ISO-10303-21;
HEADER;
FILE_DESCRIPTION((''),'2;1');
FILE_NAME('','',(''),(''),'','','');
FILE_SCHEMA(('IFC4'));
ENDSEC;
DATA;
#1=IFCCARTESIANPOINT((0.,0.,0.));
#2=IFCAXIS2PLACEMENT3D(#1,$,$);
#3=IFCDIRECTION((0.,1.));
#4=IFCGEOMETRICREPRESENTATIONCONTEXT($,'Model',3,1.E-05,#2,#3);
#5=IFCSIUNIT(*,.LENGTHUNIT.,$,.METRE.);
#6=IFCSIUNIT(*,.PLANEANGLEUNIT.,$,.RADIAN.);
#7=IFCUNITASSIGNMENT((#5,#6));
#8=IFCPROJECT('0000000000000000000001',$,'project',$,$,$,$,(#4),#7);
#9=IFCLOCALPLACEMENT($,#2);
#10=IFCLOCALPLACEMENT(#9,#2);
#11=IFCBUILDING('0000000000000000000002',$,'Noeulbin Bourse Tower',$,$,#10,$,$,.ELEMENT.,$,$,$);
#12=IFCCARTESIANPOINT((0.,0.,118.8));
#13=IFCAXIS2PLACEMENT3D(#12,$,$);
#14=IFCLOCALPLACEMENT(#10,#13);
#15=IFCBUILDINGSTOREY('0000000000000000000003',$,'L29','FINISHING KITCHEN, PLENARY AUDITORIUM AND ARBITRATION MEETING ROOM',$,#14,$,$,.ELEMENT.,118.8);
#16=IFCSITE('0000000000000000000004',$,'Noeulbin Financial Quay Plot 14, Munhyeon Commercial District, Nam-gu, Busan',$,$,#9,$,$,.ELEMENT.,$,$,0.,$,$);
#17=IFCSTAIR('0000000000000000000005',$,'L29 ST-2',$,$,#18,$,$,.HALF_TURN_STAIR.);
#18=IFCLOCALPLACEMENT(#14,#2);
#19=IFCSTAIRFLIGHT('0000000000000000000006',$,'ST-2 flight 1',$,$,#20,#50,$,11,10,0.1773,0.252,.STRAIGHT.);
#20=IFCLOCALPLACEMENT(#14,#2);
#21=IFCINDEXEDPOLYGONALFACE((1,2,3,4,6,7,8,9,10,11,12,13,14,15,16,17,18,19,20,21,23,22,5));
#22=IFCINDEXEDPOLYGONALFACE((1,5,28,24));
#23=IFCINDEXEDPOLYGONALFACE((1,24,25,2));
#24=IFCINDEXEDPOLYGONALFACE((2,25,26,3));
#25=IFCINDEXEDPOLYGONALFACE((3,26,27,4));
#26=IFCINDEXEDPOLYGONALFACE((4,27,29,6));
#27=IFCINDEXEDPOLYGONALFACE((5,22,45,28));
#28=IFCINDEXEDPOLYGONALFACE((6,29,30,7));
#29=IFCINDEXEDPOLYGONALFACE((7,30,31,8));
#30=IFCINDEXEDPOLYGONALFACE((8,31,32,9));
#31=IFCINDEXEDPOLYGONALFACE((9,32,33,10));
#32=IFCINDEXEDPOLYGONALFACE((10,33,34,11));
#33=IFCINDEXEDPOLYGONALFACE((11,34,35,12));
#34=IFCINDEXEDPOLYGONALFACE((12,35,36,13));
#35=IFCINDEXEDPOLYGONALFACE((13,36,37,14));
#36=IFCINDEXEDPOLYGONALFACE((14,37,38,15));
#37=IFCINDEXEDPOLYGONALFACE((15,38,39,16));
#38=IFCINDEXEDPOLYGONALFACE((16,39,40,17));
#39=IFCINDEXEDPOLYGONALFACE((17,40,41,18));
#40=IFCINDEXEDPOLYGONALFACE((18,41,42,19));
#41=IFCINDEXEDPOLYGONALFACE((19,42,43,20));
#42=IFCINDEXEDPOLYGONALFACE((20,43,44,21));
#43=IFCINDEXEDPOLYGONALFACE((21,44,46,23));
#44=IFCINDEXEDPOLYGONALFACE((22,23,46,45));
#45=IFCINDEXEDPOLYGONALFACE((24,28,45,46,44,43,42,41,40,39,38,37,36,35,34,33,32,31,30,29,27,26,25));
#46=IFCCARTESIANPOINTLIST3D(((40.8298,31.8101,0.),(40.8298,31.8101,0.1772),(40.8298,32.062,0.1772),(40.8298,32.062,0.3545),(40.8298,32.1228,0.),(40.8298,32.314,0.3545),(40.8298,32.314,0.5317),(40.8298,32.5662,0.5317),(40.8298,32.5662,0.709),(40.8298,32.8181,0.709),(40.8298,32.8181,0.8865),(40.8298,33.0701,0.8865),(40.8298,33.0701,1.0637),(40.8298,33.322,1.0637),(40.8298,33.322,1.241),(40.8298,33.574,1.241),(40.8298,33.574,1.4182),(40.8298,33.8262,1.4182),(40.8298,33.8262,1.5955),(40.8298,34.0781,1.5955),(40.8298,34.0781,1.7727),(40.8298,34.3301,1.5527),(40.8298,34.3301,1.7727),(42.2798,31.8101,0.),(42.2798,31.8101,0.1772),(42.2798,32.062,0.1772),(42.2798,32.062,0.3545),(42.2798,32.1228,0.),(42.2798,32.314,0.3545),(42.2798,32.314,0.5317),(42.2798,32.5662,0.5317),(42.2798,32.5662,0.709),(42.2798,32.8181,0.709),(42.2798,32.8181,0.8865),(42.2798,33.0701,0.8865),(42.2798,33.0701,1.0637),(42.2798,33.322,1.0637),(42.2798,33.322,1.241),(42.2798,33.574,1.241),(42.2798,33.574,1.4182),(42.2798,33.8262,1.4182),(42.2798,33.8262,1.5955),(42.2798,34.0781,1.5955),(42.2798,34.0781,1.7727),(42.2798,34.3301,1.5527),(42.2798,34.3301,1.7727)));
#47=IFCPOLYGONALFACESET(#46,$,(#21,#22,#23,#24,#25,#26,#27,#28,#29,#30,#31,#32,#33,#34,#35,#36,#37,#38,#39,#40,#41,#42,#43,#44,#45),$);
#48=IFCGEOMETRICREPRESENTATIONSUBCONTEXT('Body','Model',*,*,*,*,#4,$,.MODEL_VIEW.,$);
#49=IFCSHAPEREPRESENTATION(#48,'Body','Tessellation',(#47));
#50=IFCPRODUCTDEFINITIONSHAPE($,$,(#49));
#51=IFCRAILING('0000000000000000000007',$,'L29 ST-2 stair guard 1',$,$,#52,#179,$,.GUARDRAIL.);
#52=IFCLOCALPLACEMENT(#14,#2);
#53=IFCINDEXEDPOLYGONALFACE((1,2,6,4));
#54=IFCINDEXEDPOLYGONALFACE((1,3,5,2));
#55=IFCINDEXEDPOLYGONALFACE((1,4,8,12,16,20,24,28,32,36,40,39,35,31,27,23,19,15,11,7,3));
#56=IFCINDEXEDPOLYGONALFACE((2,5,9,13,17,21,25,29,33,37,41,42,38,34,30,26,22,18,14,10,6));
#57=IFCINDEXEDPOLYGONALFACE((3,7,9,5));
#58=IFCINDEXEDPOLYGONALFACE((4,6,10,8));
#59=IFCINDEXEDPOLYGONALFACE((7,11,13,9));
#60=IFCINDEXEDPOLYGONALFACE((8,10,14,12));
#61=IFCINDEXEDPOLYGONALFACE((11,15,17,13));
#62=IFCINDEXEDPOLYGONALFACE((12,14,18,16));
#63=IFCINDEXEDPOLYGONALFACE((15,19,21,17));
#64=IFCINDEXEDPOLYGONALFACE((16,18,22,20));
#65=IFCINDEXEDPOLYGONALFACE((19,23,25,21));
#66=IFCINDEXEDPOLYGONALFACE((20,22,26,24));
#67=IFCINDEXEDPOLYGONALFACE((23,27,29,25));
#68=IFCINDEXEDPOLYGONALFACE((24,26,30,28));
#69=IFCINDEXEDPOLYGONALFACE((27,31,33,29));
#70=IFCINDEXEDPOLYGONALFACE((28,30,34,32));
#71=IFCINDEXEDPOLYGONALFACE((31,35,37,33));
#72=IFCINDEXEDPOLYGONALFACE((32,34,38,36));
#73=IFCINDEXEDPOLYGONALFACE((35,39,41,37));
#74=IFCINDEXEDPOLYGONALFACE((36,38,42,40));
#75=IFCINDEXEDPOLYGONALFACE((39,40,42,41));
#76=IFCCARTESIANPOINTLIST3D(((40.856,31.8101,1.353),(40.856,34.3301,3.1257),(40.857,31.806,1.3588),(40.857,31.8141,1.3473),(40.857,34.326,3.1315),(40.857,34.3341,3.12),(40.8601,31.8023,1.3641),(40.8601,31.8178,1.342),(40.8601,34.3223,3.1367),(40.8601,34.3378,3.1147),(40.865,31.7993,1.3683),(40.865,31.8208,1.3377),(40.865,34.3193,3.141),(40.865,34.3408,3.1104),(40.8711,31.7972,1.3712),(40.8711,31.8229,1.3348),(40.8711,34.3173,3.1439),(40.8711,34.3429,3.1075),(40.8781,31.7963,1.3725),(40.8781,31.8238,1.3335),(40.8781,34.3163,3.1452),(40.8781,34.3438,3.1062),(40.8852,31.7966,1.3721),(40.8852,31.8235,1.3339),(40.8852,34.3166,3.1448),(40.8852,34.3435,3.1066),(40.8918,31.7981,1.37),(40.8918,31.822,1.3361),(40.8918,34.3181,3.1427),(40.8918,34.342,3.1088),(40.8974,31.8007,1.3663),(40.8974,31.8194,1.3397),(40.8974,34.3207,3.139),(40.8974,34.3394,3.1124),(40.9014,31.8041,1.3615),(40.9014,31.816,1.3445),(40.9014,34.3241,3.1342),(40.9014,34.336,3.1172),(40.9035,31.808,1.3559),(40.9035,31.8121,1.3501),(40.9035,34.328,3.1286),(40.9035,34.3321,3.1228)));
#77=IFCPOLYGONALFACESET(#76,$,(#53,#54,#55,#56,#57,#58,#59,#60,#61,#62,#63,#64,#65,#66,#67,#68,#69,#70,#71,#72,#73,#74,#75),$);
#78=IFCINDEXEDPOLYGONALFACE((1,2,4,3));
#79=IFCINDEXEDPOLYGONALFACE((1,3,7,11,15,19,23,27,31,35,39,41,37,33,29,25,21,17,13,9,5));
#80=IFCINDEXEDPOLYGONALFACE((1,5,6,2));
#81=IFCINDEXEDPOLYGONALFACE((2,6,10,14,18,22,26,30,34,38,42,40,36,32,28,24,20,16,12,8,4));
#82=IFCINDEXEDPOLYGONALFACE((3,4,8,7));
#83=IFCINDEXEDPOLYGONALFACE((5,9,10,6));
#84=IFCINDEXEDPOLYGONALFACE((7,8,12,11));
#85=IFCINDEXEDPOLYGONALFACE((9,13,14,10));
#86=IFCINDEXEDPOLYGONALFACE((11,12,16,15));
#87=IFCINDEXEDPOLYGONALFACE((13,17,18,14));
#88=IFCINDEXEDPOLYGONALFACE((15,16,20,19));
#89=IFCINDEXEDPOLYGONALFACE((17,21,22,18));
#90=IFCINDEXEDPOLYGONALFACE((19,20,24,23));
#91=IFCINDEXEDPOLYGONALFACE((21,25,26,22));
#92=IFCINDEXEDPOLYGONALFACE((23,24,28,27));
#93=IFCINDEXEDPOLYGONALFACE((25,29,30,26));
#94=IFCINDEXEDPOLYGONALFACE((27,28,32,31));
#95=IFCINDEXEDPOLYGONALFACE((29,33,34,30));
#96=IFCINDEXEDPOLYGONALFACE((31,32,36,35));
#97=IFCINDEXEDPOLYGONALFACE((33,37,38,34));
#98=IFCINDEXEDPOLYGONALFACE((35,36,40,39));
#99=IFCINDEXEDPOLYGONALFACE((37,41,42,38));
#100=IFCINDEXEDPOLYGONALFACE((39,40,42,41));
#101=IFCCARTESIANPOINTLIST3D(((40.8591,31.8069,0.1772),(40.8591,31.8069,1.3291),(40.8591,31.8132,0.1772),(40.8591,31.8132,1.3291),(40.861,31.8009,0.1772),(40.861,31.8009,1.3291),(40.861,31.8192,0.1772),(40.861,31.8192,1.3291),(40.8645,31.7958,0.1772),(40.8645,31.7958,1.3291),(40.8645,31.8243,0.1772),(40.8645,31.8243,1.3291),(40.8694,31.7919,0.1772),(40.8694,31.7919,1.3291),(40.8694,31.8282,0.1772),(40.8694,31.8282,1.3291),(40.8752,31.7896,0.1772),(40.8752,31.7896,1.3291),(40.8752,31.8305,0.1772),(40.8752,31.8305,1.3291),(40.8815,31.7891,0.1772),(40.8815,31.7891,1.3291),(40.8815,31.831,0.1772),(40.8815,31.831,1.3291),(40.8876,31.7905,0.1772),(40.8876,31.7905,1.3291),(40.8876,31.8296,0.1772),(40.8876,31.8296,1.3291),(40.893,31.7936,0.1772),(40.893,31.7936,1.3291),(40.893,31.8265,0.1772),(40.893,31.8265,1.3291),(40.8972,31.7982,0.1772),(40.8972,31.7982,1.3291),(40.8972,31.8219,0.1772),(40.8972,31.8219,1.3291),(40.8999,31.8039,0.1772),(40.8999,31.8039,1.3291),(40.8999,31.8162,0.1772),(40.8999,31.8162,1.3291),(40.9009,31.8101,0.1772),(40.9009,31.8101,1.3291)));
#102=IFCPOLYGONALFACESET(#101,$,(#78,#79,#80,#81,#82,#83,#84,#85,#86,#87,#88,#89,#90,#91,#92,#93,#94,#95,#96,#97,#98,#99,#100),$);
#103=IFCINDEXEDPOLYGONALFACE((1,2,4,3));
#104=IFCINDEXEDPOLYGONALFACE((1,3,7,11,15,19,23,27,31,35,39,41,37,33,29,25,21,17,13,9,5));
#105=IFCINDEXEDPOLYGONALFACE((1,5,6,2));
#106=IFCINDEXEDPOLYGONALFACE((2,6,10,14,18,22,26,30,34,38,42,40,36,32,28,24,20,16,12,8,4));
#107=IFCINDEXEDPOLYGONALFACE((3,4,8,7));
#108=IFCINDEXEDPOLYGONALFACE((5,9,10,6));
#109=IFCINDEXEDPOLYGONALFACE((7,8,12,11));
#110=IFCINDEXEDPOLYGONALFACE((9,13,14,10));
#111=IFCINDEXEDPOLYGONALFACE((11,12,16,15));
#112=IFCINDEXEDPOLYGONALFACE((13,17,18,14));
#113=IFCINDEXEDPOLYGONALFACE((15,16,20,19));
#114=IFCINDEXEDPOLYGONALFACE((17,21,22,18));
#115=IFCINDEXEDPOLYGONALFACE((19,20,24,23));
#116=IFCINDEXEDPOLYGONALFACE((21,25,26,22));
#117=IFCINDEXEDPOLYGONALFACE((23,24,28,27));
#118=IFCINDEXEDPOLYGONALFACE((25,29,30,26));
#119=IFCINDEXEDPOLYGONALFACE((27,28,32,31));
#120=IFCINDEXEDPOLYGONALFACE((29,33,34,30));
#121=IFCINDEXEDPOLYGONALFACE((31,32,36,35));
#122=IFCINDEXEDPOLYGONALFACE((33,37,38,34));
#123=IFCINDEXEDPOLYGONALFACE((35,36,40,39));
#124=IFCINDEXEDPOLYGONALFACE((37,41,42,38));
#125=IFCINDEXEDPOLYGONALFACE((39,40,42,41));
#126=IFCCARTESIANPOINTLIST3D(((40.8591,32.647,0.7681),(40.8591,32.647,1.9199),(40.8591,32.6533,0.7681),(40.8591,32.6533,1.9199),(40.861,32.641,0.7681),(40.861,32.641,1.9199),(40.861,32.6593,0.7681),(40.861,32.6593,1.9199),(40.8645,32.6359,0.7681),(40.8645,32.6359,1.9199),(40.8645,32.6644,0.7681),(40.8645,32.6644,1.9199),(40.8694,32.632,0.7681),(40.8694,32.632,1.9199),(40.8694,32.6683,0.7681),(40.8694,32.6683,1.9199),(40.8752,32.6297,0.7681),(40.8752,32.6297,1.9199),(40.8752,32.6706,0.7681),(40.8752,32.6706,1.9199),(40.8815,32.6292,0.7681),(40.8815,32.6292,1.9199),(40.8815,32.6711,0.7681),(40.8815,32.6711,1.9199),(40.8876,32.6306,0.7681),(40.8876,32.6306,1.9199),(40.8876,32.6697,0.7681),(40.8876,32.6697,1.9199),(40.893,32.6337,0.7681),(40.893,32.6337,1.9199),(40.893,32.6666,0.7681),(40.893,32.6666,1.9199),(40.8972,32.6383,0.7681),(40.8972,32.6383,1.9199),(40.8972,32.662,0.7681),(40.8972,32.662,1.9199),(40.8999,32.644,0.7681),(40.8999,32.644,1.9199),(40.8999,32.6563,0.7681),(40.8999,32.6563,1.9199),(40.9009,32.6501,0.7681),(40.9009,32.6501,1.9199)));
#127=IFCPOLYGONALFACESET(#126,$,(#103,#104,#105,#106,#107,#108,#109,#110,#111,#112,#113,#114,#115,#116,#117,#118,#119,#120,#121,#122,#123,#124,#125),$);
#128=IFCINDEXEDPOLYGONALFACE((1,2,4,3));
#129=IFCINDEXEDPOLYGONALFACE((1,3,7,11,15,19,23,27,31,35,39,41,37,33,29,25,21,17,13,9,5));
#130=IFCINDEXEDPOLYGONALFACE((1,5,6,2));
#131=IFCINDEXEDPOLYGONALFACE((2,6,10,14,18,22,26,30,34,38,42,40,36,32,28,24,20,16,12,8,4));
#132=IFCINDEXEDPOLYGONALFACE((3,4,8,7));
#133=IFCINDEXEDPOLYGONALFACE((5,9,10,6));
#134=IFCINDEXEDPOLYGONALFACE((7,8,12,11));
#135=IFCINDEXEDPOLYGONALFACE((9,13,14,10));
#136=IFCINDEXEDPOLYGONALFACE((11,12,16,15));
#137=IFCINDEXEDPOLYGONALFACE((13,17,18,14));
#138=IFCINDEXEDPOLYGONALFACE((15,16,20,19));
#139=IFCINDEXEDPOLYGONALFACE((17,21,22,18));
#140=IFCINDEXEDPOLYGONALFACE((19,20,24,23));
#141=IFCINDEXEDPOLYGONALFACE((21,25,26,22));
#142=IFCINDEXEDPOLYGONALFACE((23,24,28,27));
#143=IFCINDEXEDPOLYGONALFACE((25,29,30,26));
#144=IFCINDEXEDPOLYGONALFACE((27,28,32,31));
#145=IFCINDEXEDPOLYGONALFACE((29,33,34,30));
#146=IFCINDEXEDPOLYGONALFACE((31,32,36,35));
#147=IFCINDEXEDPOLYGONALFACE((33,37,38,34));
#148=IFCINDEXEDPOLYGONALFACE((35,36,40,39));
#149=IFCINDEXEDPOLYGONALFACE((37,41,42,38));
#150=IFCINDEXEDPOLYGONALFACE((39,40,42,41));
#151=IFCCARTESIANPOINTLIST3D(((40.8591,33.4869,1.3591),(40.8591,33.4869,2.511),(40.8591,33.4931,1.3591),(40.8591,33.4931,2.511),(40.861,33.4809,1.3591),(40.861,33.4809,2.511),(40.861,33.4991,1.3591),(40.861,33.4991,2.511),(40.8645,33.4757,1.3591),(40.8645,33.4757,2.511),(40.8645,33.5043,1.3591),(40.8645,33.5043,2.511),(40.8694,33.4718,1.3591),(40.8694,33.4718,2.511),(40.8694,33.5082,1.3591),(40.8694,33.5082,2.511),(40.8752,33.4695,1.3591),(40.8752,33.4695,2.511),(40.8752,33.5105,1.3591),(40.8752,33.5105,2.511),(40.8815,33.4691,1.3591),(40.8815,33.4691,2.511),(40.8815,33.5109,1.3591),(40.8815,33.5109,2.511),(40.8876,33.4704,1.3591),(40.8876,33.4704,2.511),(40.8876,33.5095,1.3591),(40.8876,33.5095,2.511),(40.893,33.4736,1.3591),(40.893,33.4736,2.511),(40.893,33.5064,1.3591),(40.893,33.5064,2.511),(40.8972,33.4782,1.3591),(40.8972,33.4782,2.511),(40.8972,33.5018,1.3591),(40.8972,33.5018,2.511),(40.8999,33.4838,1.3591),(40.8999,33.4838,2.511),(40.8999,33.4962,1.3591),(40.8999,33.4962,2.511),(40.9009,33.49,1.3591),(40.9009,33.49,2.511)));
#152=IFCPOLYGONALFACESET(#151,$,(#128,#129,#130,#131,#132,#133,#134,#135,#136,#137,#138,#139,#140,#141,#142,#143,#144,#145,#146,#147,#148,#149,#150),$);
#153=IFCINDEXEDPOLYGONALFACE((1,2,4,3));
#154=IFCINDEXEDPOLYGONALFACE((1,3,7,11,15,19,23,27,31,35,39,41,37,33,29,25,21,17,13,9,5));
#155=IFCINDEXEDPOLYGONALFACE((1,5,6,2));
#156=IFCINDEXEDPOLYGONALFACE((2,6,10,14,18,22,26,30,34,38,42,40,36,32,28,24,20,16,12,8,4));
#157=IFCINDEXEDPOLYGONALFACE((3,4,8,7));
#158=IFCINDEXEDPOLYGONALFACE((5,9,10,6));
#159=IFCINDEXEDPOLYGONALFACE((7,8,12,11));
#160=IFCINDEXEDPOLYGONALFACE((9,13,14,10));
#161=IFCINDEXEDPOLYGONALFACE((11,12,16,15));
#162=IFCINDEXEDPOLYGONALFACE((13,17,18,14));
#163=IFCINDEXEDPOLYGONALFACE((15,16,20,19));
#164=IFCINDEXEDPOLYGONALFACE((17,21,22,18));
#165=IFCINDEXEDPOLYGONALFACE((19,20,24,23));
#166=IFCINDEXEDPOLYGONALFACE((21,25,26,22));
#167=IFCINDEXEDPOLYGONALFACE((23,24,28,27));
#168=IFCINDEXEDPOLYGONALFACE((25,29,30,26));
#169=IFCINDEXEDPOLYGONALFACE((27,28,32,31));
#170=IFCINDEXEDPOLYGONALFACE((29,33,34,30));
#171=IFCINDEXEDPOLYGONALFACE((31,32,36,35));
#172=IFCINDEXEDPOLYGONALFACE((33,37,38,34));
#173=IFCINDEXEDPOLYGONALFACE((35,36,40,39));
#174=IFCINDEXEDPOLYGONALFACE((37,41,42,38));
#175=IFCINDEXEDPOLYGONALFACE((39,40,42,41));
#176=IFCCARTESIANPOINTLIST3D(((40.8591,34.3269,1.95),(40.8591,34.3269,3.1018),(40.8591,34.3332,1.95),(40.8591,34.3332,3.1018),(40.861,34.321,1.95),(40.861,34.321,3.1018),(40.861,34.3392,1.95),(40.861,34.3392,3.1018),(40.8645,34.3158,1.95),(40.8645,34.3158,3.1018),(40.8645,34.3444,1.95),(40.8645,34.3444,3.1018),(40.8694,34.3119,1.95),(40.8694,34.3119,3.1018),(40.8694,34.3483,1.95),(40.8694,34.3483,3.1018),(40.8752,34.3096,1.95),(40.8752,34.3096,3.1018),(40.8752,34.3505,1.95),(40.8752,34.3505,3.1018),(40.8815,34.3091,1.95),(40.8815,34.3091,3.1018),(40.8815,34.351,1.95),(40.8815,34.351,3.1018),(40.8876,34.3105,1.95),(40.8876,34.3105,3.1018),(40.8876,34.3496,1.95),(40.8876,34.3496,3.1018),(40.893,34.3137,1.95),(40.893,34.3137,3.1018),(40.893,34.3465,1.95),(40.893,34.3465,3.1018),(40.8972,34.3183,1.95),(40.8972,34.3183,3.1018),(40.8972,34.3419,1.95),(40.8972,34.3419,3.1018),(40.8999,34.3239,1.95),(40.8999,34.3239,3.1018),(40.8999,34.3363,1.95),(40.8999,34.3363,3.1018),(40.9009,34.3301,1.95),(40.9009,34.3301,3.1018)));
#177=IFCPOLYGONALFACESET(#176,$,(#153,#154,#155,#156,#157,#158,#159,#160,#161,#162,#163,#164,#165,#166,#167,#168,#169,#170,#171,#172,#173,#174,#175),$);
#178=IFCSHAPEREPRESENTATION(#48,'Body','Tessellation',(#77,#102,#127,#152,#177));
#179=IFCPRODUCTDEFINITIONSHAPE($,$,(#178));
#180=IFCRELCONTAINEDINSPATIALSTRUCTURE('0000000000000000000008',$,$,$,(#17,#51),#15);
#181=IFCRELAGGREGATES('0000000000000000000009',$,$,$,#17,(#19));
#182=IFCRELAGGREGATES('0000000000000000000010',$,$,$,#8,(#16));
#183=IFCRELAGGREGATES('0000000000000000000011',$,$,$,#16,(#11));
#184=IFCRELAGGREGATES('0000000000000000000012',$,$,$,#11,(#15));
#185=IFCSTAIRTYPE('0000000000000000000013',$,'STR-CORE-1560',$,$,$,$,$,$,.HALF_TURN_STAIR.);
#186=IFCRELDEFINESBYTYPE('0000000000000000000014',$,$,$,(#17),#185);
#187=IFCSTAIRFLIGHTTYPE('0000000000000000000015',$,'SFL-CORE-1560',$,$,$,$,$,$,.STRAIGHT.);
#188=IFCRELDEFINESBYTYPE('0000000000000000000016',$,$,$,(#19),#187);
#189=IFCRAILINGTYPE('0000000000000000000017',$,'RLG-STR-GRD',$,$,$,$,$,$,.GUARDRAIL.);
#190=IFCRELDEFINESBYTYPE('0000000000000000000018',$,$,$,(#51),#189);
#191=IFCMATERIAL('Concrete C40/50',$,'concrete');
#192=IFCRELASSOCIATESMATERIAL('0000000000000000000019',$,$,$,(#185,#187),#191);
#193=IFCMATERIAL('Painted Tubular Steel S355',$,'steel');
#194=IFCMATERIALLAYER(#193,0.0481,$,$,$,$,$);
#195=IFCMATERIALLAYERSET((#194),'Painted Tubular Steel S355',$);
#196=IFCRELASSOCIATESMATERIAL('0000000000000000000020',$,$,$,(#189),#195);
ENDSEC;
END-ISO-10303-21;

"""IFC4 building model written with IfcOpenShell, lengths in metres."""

from ifc_helpers import new_model, si_unit, direction, frame, origin, origin_2d, place, context, subcontext, project, spatial, polyline, circle, outline, extrude, material, layer, layer_set, type_object, element, aggregate, save


model = new_model("IFC4")

# Units and contexts
model_context = context("Model", 3, precision=1e-05, world=origin(), true_north=direction((0.0, 1.0)))
body_context = subcontext(model_context, "Body", "Model", "MODEL_VIEW")
ifc_project = project(units=[si_unit("LENGTHUNIT", "METRE"), si_unit("PLANEANGLEUNIT", "RADIAN")], contexts=[model_context])

# Site, building, storey
site_placement = place(None, origin())
site = spatial("IfcSite", under=ifc_project, at=site_placement, Name="Noeulbin Financial Quay Plot 14, Munhyeon Commercial District, Nam-gu, Busan", CompositionType="ELEMENT", RefElevation=0.0)
building_placement = place(site_placement, origin())
building = spatial("IfcBuilding", under=site, at=building_placement, Name="Noeulbin Bourse Tower", CompositionType="ELEMENT")
storey_placement = place(building_placement, frame((0.0, 0.0, 118.8)))
storey = spatial("IfcBuildingStorey", under=building, at=storey_placement, Name="L29", Description="FINISHING KITCHEN, PLENARY AUDITORIUM AND ARBITRATION MEETING ROOM", CompositionType="ELEMENT", Elevation=118.8)

# Shared definitions
ifc_material_1 = material(Name="Concrete C40/50", Category="concrete")

# Stair, stair flight
stair_type = type_object("IfcStairType", Name="STR-CORE-1560", PredefinedType="HALF_TURN_STAIR", material=ifc_material_1)
stair_placement = place(storey_placement, origin())
stair = element("IfcStair", 1, at=stair_placement, inside=storey, type_object=stair_type, Name="L29 ST-2", PredefinedType="HALF_TURN_STAIR")
stair_flight_type = type_object("IfcStairFlightType", Name="SFL-CORE-1560", PredefinedType="STRAIGHT", material=ifc_material_1)
stair_flight_placement = place(storey_placement, frame((41.5549, 31.8101, 0.0), z_axis=(0.0, 0.0, 1.0), x_axis=(0.0, 1.0, 0.0)))
stair_flight = element("IfcStairFlight", 2, at=stair_flight_placement, type_object=stair_flight_type, Name="ST-2 flight 1", NumberOfRisers=11, NumberOfTreads=10, PredefinedType="STRAIGHT", RiserHeight=0.1773, TreadLength=0.252, context=body_context, shape_type="SweptSolid", body=[
    extrude(outline(polyline([(0.0, 0.0), (0.0, 0.1772), (0.252, 0.1772), (0.252, 0.3545), (0.5039, 0.3545), (0.5039, 0.5317), (0.7561, 0.5317), (0.7561, 0.709), (1.0081, 0.709), (1.0081, 0.8865), (1.26, 0.8865), (1.26, 1.0637), (1.512, 1.0637), (1.512, 1.241), (1.7639, 1.241), (1.7639, 1.4182), (2.0161, 1.4182), (2.0161, 1.5955), (2.2681, 1.5955), (2.2681, 1.7727), (2.52, 1.7727), (2.52, 1.95), (2.52, 1.5527), (0.3127, 0.0), (0.0, 0.0)])), frame((0.0, 0.7251, 0.0), z_axis=(0.0, -1.0, 0.0), x_axis=(1.0, 0.0, 0.0)), (0.0, 0.0, 1.0), 1.45),
])
aggregate(stair, [stair_flight])

# Railing
ifc_material_2 = material(Name="Painted Tubular Steel S355", Category="steel")
ifc_layer_1 = layer(ifc_material_2, 0.0481)
ifc_layer_set_1 = layer_set([ifc_layer_1], Name="Painted Tubular Steel S355")
railing_type_1 = type_object("IfcRailingType", Name="RLG-STR-GRD", PredefinedType="GUARDRAIL", material=ifc_layer_set_1)
railing_1_placement = place(storey_placement, frame((40.8799, 31.8101, 0.1772)))
element("IfcRailing", 3, at=railing_1_placement, inside=storey, type_object=railing_type_1, Name="L29 ST-2 stair guard 1", PredefinedType="GUARDRAIL", context=body_context, shape_type="SweptSolid", body=[
    extrude(circle(Radius=0.0239, at=origin_2d()), frame((0.0, 0.0, 1.1758), z_axis=(0.0, 0.817904, 0.575354), x_axis=(-1.0, 0.0, 0.0)), (0.0, 0.0, 1.0), 3.0811),
    extrude(circle(Radius=0.021, at=origin_2d()), origin(), (0.0, 0.0, 1.0), 1.1519),
    extrude(circle(Radius=0.021, at=origin_2d()), frame((0.0, 0.8401, 0.5908)), (0.0, 0.0, 1.0), 1.1519),
    extrude(circle(Radius=0.021, at=origin_2d()), frame((0.0, 1.6799, 1.1819)), (0.0, 0.0, 1.0), 1.1519),
    extrude(circle(Radius=0.021, at=origin_2d()), frame((0.0, 2.52, 1.7727)), (0.0, 0.0, 1.0), 1.1519),
])

save(model, "model.ifc")
